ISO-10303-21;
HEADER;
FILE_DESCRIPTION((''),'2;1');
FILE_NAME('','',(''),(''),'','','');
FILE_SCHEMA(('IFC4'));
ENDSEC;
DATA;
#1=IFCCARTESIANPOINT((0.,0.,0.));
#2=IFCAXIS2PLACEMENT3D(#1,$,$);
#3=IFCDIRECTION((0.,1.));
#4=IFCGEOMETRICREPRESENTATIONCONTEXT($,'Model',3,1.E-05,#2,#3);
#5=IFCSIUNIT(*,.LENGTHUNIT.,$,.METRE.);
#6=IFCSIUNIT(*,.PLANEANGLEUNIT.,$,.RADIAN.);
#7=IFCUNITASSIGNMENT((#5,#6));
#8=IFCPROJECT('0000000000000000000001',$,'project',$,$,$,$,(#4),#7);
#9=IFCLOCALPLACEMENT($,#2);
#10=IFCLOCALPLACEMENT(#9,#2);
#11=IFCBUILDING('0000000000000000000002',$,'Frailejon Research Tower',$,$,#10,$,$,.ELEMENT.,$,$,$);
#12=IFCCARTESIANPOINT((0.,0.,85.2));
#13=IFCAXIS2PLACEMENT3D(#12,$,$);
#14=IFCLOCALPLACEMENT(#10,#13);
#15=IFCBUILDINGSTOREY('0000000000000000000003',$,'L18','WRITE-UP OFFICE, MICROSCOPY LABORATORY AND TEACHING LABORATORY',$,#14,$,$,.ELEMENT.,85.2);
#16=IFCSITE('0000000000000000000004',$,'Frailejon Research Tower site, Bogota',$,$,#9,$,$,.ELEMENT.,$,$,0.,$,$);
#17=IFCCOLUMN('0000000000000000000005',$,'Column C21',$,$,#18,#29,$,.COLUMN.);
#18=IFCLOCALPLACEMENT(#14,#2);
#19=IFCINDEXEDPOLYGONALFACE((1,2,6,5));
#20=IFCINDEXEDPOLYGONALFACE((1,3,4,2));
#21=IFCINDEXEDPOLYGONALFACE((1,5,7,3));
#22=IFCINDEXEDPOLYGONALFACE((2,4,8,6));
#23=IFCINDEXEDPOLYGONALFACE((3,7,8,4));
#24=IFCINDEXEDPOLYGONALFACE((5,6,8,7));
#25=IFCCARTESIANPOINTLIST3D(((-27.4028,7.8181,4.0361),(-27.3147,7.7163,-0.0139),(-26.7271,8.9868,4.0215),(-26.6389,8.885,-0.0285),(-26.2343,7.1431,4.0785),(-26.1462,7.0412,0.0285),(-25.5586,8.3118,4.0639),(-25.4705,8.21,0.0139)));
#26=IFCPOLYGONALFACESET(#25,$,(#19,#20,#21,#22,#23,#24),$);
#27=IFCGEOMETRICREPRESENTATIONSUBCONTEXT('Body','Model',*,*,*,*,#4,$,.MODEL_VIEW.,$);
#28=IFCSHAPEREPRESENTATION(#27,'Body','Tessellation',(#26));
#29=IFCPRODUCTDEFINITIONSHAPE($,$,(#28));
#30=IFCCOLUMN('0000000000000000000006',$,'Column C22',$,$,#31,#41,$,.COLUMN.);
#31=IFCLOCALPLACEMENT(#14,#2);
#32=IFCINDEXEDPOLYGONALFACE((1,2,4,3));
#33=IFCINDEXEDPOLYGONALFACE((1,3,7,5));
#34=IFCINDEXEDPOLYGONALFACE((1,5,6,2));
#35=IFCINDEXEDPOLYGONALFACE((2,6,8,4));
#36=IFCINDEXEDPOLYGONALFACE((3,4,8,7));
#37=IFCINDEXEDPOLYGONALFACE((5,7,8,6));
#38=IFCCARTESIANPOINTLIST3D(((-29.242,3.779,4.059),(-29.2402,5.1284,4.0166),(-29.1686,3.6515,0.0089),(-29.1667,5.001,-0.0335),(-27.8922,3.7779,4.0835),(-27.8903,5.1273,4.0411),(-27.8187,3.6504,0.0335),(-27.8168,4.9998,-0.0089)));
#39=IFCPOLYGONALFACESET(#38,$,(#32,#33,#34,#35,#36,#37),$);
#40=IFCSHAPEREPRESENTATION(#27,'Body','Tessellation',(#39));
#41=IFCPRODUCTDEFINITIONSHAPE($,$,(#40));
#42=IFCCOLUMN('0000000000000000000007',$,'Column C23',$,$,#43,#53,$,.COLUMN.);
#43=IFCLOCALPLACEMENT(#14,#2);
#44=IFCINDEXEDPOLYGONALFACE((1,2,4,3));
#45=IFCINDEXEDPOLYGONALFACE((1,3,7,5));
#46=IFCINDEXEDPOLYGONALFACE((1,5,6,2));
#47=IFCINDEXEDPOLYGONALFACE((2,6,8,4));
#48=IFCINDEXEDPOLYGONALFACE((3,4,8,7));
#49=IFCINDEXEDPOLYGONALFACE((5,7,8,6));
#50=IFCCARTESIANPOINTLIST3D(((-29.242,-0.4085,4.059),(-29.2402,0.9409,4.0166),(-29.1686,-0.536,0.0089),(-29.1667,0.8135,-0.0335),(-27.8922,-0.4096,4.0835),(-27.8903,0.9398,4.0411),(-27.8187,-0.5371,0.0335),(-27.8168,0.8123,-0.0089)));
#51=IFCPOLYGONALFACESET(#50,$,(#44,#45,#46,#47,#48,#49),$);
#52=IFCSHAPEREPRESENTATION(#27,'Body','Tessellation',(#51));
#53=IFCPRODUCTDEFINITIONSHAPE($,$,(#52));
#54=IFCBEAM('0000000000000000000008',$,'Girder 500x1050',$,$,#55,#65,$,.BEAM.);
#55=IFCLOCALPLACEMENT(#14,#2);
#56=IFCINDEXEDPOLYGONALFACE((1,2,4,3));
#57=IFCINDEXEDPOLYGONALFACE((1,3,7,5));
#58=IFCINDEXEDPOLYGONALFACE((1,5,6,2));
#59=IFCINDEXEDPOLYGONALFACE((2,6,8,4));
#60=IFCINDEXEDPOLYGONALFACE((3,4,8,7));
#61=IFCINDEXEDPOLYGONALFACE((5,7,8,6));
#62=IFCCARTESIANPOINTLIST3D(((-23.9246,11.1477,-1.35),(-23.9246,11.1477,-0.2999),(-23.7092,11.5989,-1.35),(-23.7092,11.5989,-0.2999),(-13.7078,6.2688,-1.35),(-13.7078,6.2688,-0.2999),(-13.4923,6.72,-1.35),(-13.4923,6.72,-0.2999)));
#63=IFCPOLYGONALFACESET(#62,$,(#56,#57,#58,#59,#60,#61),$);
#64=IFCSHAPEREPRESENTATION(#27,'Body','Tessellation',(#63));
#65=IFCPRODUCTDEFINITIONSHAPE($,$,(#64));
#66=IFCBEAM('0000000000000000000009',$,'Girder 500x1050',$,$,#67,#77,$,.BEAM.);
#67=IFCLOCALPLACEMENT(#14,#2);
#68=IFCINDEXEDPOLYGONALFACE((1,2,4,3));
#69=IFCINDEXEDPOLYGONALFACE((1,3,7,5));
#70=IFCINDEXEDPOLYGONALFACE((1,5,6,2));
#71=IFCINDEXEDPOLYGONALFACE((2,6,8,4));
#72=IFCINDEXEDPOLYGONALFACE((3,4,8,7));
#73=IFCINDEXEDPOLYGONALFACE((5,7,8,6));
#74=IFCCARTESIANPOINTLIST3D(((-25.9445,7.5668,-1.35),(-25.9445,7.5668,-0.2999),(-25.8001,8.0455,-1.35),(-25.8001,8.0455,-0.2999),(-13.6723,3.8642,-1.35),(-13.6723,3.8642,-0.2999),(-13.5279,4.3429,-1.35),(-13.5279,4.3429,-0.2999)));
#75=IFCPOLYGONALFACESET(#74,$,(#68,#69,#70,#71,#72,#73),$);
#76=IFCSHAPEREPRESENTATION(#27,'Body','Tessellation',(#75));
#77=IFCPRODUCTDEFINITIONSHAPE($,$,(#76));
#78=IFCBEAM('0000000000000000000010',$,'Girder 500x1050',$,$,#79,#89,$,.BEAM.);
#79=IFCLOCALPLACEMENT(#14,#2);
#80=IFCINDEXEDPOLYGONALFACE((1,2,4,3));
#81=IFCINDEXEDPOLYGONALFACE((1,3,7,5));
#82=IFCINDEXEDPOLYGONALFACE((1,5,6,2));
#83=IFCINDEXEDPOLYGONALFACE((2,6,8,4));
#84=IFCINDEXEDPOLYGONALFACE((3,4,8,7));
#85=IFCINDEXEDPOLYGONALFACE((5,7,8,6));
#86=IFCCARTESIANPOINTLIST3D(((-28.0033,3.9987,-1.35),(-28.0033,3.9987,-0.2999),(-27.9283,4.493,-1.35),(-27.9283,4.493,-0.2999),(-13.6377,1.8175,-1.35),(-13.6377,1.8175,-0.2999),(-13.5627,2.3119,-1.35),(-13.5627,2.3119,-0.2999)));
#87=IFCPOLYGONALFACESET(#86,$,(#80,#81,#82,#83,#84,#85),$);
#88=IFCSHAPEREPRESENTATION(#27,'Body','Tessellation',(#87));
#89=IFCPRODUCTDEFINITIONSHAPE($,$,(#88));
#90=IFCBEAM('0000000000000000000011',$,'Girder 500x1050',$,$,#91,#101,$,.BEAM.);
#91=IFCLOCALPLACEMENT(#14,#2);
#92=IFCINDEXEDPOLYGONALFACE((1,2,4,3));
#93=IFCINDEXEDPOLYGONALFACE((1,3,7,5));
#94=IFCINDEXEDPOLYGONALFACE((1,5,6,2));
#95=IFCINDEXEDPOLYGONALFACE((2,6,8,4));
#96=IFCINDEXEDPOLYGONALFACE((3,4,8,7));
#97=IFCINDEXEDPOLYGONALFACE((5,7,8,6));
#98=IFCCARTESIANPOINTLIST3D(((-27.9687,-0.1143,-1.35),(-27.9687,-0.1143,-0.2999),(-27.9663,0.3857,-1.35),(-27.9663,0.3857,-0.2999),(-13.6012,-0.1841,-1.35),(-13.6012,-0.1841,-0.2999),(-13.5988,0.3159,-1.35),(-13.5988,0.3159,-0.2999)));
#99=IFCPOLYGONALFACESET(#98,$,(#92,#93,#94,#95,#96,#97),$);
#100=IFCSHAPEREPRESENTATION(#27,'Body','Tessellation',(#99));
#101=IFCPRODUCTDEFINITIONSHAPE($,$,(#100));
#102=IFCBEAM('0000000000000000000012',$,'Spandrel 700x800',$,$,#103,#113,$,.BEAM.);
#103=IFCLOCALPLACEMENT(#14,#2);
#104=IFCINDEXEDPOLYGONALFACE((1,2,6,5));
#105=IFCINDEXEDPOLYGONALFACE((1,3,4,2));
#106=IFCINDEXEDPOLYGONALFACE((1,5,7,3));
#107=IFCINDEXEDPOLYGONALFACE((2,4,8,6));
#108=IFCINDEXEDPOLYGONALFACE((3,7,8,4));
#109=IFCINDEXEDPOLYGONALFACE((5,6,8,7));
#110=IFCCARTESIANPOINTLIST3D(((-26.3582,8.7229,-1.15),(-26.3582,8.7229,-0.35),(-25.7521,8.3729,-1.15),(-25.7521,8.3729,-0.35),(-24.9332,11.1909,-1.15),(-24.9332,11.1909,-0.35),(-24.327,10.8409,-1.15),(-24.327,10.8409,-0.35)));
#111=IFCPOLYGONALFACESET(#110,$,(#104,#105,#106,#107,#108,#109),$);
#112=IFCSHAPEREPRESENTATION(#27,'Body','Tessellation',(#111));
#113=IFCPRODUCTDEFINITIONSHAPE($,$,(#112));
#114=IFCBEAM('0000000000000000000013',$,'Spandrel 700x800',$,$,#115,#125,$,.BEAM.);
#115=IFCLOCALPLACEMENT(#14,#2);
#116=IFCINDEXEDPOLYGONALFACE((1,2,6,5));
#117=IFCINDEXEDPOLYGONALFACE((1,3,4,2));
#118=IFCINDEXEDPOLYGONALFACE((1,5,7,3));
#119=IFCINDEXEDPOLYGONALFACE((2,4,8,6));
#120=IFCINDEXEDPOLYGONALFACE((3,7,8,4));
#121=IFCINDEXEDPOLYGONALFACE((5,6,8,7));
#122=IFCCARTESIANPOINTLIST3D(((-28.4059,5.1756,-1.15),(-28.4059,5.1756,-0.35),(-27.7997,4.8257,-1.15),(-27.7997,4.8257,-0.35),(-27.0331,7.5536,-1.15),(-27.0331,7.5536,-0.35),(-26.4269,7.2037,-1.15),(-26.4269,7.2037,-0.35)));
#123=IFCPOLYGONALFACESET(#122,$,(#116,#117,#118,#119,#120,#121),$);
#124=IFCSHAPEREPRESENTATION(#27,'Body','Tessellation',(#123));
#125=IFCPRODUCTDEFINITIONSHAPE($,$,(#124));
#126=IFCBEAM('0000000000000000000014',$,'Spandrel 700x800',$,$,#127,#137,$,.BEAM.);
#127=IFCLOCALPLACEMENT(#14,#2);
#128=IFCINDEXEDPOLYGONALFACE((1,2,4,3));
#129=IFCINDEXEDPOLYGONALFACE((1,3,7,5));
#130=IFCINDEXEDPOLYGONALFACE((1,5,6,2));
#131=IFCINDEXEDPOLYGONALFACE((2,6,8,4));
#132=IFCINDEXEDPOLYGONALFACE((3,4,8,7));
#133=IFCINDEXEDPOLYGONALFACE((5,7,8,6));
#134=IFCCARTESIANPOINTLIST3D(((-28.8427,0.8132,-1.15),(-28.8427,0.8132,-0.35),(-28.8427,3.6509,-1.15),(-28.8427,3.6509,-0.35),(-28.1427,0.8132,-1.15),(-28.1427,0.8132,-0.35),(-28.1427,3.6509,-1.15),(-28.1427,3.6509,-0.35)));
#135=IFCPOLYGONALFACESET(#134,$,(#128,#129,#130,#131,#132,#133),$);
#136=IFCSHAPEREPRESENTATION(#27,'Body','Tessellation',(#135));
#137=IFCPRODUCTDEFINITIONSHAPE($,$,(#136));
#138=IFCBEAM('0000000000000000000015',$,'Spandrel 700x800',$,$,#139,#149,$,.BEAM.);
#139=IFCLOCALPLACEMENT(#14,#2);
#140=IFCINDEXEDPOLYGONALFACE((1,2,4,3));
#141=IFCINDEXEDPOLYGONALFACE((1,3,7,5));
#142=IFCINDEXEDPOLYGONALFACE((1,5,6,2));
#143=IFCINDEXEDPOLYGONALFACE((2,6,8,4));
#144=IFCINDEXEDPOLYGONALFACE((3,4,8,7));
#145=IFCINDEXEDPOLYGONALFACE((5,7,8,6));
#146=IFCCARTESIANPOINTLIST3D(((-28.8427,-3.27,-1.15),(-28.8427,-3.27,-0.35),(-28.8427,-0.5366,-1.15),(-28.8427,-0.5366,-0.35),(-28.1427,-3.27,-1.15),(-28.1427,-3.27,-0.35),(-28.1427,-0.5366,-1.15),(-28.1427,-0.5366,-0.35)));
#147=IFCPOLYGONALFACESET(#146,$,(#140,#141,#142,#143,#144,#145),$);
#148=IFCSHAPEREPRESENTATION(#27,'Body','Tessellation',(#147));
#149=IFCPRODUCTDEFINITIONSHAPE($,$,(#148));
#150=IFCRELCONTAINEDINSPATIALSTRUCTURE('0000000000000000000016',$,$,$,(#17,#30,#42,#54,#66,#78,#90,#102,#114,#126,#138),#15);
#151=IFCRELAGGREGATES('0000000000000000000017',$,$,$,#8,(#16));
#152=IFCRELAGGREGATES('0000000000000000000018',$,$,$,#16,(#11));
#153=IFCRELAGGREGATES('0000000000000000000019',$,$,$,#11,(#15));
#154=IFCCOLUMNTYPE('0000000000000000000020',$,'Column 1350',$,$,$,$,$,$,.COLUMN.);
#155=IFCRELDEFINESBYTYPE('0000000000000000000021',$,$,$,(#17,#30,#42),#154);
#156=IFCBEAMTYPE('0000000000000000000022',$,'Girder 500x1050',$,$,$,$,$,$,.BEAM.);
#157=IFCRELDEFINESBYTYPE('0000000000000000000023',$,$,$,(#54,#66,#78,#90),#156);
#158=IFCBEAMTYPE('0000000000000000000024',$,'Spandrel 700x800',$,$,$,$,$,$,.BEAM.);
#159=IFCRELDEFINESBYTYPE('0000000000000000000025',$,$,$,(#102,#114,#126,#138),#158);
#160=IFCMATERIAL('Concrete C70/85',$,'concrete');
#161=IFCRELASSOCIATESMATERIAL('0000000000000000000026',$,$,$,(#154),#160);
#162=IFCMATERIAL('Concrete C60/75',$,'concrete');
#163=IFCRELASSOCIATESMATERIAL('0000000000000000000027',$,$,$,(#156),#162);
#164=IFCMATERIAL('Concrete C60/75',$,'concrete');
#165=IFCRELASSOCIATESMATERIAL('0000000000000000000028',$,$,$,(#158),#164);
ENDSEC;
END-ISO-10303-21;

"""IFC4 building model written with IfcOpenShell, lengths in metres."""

from ifc_helpers import new_model, si_unit, direction, frame, origin, origin_2d, place, context, subcontext, project, spatial, rectangle, extrude, material, material_profile, profile_set, type_object, element, save


model = new_model("IFC4")

# Units and contexts
model_context = context("Model", 3, precision=1e-05, world=origin(), true_north=direction((0.0, 1.0)))
body_context = subcontext(model_context, "Body", "Model", "MODEL_VIEW")
ifc_project = project(units=[si_unit("LENGTHUNIT", "METRE"), si_unit("PLANEANGLEUNIT", "RADIAN")], contexts=[model_context])

# Site, building, storey
site_placement = place(None, origin())
site = spatial("IfcSite", under=ifc_project, at=site_placement, Name="Frailejon Research Tower site, Bogota", CompositionType="ELEMENT", RefElevation=0.0)
building_placement = place(site_placement, origin())
building = spatial("IfcBuilding", under=site, at=building_placement, Name="Frailejon Research Tower", CompositionType="ELEMENT")
storey_placement = place(building_placement, frame((0.0, 0.0, 85.2)))
storey = spatial("IfcBuildingStorey", under=building, at=storey_placement, Name="L18", Description="WRITE-UP OFFICE, MICROSCOPY LABORATORY AND TEACHING LABORATORY", CompositionType="ELEMENT", Elevation=85.2)

# Columns
ifc_material_1 = material(Name="Concrete C70/85", Category="concrete")
ifc_material_profile_1 = material_profile(ifc_material_1, rectangle(XDim=1.3501, YDim=1.3501, at=origin_2d()), Name="Column 1350")
ifc_profile_set_1 = profile_set([ifc_material_profile_1], Name="Concrete C70/85")
column_type = type_object("IfcColumnType", Name="Column 1350", PredefinedType="COLUMN", material=ifc_profile_set_1)
column_placement = place(storey_placement, frame((-26.3926, 7.9631, 0.0), z_axis=(-0.021749, 0.025123, 0.999448), x_axis=(-0.500502, -0.865667, 0.010869)))
element("IfcColumn", 1, at=column_placement, inside=storey, type_object=column_type, Name="Column C21", PredefinedType="COLUMN", context=body_context, shape_type="SweptSolid", body=[
    extrude(rectangle(XDim=1.3501, YDim=1.3501, at=origin_2d()), origin(), (0.0, 0.0, 1.0), 4.0522),
])
for number, where, z_axis, x_axis, name in (
    (2, (-28.4927, 4.3257, 0.0), (-0.018133, 0.031446, 0.999341), (-0.001396, -0.999505, 0.031426), "Column C22"),
    (3, (-28.4927, 0.1382, 0.0), (-0.018133, 0.031446, 0.999341), (-0.001396, -0.999505, 0.031426), "Column C23"),
):
    element("IfcColumn", number, at=place(storey_placement, frame(where, z_axis=z_axis, x_axis=x_axis)), inside=storey, type_object=column_type, Name=name, PredefinedType="COLUMN", context=body_context, shape_type="SweptSolid", body=[
        extrude(rectangle(XDim=1.3501, YDim=1.3501, at=origin_2d()), origin(), (0.0, 0.0, 1.0), 4.0527),
    ])

# Beams
ifc_material_2 = material(Name="Concrete C60/75", Category="concrete")
ifc_material_profile_2 = material_profile(ifc_material_2, rectangle(XDim=0.5, YDim=1.05, at=origin_2d()), Name="Girder 500x1050")
ifc_profile_set_2 = profile_set([ifc_material_profile_2], Name="Concrete C60/75")
beam_type_1 = type_object("IfcBeamType", Name="Girder 500x1050", PredefinedType="BEAM", material=ifc_profile_set_2)
beam_1_placement = place(storey_placement, frame((-23.8169, 11.3733, -0.825), z_axis=(0.902388, -0.430924, 0.0), x_axis=(0.430924, 0.902388, 0.0)))
element("IfcBeam", 4, at=beam_1_placement, inside=storey, type_object=beam_type_1, Name="Girder 500x1050", PredefinedType="BEAM", context=body_context, shape_type="SweptSolid", body=[
    extrude(rectangle(XDim=0.5, YDim=1.05, at=origin_2d()), origin(), (0.0, 0.0, 1.0), 11.322),
])
beam_2_placement = place(storey_placement, frame((-25.8723, 7.8062, -0.825), z_axis=(0.957375, -0.288848, 0.0), x_axis=(0.288848, 0.957375, 0.0)))
element("IfcBeam", 5, at=beam_2_placement, inside=storey, type_object=beam_type_1, Name="Girder 500x1050", PredefinedType="BEAM", context=body_context, shape_type="SweptSolid", body=[
    extrude(rectangle(XDim=0.5, YDim=1.05, at=origin_2d()), origin(), (0.0, 0.0, 1.0), 12.8186),
])
beam_3_placement = place(storey_placement, frame((-27.9658, 4.2458, -0.825), z_axis=(0.988669, -0.15011, 0.0), x_axis=(0.15011, 0.988669, 0.0)))
element("IfcBeam", 6, at=beam_3_placement, inside=storey, type_object=beam_type_1, Name="Girder 500x1050", PredefinedType="BEAM", context=body_context, shape_type="SweptSolid", body=[
    extrude(rectangle(XDim=0.5, YDim=1.05, at=origin_2d()), origin(), (0.0, 0.0, 1.0), 14.5303),
])
beam_4_placement = place(storey_placement, frame((-27.9675, 0.1357, -0.825), z_axis=(0.999988, -0.00486, 0.0), x_axis=(0.00486, 0.999988, 0.0)))
element("IfcBeam", 7, at=beam_4_placement, inside=storey, type_object=beam_type_1, Name="Girder 500x1050", PredefinedType="BEAM", context=body_context, shape_type="SweptSolid", body=[
    extrude(rectangle(XDim=0.5, YDim=1.05, at=origin_2d()), origin(), (0.0, 0.0, 1.0), 14.3677),
])
ifc_material_3 = material(Name="Concrete C60/75", Category="concrete")
ifc_material_profile_3 = material_profile(ifc_material_3, rectangle(XDim=0.7, YDim=0.8, at=origin_2d()), Name="Spandrel 700x800")
ifc_profile_set_3 = profile_set([ifc_material_profile_3], Name="Concrete C60/75")
beam_type_2 = type_object("IfcBeamType", Name="Spandrel 700x800", PredefinedType="BEAM", material=ifc_profile_set_3)
beam_5_placement = place(storey_placement, frame((-24.6301, 11.0159, -0.75), z_axis=(-0.500036, -0.866004, 0.0), x_axis=(0.866004, -0.500036, 0.0)))
element("IfcBeam", 8, at=beam_5_placement, inside=storey, type_object=beam_type_2, Name="Spandrel 700x800", PredefinedType="BEAM", context=body_context, shape_type="SweptSolid", body=[
    extrude(rectangle(XDim=0.7, YDim=0.8, at=origin_2d()), origin(), (0.0, 0.0, 1.0), 2.8499),
])
beam_6_placement = place(storey_placement, frame((-26.73, 7.3787, -0.75), z_axis=(-0.499974, -0.86604, 0.0), x_axis=(0.86604, -0.499974, 0.0)))
element("IfcBeam", 9, at=beam_6_placement, inside=storey, type_object=beam_type_2, Name="Spandrel 700x800", PredefinedType="BEAM", context=body_context, shape_type="SweptSolid", body=[
    extrude(rectangle(XDim=0.7, YDim=0.8, at=origin_2d()), origin(), (0.0, 0.0, 1.0), 2.7458),
])
beam_7_placement = place(storey_placement, frame((-28.4927, 3.6509, -0.75), z_axis=(0.0, -1.0, 0.0), x_axis=(1.0, 0.0, 0.0)))
element("IfcBeam", 10, at=beam_7_placement, inside=storey, type_object=beam_type_2, Name="Spandrel 700x800", PredefinedType="BEAM", context=body_context, shape_type="SweptSolid", body=[
    extrude(rectangle(XDim=0.7, YDim=0.8, at=origin_2d()), origin(), (0.0, 0.0, 1.0), 2.8376),
])
beam_8_placement = place(storey_placement, frame((-28.4927, -0.5366, -0.75), z_axis=(0.0, -1.0, 0.0), x_axis=(1.0, 0.0, 0.0)))
element("IfcBeam", 11, at=beam_8_placement, inside=storey, type_object=beam_type_2, Name="Spandrel 700x800", PredefinedType="BEAM", context=body_context, shape_type="SweptSolid", body=[
    extrude(rectangle(XDim=0.7, YDim=0.8, at=origin_2d()), origin(), (0.0, 0.0, 1.0), 2.7334),
])

save(model, "model.ifc")
